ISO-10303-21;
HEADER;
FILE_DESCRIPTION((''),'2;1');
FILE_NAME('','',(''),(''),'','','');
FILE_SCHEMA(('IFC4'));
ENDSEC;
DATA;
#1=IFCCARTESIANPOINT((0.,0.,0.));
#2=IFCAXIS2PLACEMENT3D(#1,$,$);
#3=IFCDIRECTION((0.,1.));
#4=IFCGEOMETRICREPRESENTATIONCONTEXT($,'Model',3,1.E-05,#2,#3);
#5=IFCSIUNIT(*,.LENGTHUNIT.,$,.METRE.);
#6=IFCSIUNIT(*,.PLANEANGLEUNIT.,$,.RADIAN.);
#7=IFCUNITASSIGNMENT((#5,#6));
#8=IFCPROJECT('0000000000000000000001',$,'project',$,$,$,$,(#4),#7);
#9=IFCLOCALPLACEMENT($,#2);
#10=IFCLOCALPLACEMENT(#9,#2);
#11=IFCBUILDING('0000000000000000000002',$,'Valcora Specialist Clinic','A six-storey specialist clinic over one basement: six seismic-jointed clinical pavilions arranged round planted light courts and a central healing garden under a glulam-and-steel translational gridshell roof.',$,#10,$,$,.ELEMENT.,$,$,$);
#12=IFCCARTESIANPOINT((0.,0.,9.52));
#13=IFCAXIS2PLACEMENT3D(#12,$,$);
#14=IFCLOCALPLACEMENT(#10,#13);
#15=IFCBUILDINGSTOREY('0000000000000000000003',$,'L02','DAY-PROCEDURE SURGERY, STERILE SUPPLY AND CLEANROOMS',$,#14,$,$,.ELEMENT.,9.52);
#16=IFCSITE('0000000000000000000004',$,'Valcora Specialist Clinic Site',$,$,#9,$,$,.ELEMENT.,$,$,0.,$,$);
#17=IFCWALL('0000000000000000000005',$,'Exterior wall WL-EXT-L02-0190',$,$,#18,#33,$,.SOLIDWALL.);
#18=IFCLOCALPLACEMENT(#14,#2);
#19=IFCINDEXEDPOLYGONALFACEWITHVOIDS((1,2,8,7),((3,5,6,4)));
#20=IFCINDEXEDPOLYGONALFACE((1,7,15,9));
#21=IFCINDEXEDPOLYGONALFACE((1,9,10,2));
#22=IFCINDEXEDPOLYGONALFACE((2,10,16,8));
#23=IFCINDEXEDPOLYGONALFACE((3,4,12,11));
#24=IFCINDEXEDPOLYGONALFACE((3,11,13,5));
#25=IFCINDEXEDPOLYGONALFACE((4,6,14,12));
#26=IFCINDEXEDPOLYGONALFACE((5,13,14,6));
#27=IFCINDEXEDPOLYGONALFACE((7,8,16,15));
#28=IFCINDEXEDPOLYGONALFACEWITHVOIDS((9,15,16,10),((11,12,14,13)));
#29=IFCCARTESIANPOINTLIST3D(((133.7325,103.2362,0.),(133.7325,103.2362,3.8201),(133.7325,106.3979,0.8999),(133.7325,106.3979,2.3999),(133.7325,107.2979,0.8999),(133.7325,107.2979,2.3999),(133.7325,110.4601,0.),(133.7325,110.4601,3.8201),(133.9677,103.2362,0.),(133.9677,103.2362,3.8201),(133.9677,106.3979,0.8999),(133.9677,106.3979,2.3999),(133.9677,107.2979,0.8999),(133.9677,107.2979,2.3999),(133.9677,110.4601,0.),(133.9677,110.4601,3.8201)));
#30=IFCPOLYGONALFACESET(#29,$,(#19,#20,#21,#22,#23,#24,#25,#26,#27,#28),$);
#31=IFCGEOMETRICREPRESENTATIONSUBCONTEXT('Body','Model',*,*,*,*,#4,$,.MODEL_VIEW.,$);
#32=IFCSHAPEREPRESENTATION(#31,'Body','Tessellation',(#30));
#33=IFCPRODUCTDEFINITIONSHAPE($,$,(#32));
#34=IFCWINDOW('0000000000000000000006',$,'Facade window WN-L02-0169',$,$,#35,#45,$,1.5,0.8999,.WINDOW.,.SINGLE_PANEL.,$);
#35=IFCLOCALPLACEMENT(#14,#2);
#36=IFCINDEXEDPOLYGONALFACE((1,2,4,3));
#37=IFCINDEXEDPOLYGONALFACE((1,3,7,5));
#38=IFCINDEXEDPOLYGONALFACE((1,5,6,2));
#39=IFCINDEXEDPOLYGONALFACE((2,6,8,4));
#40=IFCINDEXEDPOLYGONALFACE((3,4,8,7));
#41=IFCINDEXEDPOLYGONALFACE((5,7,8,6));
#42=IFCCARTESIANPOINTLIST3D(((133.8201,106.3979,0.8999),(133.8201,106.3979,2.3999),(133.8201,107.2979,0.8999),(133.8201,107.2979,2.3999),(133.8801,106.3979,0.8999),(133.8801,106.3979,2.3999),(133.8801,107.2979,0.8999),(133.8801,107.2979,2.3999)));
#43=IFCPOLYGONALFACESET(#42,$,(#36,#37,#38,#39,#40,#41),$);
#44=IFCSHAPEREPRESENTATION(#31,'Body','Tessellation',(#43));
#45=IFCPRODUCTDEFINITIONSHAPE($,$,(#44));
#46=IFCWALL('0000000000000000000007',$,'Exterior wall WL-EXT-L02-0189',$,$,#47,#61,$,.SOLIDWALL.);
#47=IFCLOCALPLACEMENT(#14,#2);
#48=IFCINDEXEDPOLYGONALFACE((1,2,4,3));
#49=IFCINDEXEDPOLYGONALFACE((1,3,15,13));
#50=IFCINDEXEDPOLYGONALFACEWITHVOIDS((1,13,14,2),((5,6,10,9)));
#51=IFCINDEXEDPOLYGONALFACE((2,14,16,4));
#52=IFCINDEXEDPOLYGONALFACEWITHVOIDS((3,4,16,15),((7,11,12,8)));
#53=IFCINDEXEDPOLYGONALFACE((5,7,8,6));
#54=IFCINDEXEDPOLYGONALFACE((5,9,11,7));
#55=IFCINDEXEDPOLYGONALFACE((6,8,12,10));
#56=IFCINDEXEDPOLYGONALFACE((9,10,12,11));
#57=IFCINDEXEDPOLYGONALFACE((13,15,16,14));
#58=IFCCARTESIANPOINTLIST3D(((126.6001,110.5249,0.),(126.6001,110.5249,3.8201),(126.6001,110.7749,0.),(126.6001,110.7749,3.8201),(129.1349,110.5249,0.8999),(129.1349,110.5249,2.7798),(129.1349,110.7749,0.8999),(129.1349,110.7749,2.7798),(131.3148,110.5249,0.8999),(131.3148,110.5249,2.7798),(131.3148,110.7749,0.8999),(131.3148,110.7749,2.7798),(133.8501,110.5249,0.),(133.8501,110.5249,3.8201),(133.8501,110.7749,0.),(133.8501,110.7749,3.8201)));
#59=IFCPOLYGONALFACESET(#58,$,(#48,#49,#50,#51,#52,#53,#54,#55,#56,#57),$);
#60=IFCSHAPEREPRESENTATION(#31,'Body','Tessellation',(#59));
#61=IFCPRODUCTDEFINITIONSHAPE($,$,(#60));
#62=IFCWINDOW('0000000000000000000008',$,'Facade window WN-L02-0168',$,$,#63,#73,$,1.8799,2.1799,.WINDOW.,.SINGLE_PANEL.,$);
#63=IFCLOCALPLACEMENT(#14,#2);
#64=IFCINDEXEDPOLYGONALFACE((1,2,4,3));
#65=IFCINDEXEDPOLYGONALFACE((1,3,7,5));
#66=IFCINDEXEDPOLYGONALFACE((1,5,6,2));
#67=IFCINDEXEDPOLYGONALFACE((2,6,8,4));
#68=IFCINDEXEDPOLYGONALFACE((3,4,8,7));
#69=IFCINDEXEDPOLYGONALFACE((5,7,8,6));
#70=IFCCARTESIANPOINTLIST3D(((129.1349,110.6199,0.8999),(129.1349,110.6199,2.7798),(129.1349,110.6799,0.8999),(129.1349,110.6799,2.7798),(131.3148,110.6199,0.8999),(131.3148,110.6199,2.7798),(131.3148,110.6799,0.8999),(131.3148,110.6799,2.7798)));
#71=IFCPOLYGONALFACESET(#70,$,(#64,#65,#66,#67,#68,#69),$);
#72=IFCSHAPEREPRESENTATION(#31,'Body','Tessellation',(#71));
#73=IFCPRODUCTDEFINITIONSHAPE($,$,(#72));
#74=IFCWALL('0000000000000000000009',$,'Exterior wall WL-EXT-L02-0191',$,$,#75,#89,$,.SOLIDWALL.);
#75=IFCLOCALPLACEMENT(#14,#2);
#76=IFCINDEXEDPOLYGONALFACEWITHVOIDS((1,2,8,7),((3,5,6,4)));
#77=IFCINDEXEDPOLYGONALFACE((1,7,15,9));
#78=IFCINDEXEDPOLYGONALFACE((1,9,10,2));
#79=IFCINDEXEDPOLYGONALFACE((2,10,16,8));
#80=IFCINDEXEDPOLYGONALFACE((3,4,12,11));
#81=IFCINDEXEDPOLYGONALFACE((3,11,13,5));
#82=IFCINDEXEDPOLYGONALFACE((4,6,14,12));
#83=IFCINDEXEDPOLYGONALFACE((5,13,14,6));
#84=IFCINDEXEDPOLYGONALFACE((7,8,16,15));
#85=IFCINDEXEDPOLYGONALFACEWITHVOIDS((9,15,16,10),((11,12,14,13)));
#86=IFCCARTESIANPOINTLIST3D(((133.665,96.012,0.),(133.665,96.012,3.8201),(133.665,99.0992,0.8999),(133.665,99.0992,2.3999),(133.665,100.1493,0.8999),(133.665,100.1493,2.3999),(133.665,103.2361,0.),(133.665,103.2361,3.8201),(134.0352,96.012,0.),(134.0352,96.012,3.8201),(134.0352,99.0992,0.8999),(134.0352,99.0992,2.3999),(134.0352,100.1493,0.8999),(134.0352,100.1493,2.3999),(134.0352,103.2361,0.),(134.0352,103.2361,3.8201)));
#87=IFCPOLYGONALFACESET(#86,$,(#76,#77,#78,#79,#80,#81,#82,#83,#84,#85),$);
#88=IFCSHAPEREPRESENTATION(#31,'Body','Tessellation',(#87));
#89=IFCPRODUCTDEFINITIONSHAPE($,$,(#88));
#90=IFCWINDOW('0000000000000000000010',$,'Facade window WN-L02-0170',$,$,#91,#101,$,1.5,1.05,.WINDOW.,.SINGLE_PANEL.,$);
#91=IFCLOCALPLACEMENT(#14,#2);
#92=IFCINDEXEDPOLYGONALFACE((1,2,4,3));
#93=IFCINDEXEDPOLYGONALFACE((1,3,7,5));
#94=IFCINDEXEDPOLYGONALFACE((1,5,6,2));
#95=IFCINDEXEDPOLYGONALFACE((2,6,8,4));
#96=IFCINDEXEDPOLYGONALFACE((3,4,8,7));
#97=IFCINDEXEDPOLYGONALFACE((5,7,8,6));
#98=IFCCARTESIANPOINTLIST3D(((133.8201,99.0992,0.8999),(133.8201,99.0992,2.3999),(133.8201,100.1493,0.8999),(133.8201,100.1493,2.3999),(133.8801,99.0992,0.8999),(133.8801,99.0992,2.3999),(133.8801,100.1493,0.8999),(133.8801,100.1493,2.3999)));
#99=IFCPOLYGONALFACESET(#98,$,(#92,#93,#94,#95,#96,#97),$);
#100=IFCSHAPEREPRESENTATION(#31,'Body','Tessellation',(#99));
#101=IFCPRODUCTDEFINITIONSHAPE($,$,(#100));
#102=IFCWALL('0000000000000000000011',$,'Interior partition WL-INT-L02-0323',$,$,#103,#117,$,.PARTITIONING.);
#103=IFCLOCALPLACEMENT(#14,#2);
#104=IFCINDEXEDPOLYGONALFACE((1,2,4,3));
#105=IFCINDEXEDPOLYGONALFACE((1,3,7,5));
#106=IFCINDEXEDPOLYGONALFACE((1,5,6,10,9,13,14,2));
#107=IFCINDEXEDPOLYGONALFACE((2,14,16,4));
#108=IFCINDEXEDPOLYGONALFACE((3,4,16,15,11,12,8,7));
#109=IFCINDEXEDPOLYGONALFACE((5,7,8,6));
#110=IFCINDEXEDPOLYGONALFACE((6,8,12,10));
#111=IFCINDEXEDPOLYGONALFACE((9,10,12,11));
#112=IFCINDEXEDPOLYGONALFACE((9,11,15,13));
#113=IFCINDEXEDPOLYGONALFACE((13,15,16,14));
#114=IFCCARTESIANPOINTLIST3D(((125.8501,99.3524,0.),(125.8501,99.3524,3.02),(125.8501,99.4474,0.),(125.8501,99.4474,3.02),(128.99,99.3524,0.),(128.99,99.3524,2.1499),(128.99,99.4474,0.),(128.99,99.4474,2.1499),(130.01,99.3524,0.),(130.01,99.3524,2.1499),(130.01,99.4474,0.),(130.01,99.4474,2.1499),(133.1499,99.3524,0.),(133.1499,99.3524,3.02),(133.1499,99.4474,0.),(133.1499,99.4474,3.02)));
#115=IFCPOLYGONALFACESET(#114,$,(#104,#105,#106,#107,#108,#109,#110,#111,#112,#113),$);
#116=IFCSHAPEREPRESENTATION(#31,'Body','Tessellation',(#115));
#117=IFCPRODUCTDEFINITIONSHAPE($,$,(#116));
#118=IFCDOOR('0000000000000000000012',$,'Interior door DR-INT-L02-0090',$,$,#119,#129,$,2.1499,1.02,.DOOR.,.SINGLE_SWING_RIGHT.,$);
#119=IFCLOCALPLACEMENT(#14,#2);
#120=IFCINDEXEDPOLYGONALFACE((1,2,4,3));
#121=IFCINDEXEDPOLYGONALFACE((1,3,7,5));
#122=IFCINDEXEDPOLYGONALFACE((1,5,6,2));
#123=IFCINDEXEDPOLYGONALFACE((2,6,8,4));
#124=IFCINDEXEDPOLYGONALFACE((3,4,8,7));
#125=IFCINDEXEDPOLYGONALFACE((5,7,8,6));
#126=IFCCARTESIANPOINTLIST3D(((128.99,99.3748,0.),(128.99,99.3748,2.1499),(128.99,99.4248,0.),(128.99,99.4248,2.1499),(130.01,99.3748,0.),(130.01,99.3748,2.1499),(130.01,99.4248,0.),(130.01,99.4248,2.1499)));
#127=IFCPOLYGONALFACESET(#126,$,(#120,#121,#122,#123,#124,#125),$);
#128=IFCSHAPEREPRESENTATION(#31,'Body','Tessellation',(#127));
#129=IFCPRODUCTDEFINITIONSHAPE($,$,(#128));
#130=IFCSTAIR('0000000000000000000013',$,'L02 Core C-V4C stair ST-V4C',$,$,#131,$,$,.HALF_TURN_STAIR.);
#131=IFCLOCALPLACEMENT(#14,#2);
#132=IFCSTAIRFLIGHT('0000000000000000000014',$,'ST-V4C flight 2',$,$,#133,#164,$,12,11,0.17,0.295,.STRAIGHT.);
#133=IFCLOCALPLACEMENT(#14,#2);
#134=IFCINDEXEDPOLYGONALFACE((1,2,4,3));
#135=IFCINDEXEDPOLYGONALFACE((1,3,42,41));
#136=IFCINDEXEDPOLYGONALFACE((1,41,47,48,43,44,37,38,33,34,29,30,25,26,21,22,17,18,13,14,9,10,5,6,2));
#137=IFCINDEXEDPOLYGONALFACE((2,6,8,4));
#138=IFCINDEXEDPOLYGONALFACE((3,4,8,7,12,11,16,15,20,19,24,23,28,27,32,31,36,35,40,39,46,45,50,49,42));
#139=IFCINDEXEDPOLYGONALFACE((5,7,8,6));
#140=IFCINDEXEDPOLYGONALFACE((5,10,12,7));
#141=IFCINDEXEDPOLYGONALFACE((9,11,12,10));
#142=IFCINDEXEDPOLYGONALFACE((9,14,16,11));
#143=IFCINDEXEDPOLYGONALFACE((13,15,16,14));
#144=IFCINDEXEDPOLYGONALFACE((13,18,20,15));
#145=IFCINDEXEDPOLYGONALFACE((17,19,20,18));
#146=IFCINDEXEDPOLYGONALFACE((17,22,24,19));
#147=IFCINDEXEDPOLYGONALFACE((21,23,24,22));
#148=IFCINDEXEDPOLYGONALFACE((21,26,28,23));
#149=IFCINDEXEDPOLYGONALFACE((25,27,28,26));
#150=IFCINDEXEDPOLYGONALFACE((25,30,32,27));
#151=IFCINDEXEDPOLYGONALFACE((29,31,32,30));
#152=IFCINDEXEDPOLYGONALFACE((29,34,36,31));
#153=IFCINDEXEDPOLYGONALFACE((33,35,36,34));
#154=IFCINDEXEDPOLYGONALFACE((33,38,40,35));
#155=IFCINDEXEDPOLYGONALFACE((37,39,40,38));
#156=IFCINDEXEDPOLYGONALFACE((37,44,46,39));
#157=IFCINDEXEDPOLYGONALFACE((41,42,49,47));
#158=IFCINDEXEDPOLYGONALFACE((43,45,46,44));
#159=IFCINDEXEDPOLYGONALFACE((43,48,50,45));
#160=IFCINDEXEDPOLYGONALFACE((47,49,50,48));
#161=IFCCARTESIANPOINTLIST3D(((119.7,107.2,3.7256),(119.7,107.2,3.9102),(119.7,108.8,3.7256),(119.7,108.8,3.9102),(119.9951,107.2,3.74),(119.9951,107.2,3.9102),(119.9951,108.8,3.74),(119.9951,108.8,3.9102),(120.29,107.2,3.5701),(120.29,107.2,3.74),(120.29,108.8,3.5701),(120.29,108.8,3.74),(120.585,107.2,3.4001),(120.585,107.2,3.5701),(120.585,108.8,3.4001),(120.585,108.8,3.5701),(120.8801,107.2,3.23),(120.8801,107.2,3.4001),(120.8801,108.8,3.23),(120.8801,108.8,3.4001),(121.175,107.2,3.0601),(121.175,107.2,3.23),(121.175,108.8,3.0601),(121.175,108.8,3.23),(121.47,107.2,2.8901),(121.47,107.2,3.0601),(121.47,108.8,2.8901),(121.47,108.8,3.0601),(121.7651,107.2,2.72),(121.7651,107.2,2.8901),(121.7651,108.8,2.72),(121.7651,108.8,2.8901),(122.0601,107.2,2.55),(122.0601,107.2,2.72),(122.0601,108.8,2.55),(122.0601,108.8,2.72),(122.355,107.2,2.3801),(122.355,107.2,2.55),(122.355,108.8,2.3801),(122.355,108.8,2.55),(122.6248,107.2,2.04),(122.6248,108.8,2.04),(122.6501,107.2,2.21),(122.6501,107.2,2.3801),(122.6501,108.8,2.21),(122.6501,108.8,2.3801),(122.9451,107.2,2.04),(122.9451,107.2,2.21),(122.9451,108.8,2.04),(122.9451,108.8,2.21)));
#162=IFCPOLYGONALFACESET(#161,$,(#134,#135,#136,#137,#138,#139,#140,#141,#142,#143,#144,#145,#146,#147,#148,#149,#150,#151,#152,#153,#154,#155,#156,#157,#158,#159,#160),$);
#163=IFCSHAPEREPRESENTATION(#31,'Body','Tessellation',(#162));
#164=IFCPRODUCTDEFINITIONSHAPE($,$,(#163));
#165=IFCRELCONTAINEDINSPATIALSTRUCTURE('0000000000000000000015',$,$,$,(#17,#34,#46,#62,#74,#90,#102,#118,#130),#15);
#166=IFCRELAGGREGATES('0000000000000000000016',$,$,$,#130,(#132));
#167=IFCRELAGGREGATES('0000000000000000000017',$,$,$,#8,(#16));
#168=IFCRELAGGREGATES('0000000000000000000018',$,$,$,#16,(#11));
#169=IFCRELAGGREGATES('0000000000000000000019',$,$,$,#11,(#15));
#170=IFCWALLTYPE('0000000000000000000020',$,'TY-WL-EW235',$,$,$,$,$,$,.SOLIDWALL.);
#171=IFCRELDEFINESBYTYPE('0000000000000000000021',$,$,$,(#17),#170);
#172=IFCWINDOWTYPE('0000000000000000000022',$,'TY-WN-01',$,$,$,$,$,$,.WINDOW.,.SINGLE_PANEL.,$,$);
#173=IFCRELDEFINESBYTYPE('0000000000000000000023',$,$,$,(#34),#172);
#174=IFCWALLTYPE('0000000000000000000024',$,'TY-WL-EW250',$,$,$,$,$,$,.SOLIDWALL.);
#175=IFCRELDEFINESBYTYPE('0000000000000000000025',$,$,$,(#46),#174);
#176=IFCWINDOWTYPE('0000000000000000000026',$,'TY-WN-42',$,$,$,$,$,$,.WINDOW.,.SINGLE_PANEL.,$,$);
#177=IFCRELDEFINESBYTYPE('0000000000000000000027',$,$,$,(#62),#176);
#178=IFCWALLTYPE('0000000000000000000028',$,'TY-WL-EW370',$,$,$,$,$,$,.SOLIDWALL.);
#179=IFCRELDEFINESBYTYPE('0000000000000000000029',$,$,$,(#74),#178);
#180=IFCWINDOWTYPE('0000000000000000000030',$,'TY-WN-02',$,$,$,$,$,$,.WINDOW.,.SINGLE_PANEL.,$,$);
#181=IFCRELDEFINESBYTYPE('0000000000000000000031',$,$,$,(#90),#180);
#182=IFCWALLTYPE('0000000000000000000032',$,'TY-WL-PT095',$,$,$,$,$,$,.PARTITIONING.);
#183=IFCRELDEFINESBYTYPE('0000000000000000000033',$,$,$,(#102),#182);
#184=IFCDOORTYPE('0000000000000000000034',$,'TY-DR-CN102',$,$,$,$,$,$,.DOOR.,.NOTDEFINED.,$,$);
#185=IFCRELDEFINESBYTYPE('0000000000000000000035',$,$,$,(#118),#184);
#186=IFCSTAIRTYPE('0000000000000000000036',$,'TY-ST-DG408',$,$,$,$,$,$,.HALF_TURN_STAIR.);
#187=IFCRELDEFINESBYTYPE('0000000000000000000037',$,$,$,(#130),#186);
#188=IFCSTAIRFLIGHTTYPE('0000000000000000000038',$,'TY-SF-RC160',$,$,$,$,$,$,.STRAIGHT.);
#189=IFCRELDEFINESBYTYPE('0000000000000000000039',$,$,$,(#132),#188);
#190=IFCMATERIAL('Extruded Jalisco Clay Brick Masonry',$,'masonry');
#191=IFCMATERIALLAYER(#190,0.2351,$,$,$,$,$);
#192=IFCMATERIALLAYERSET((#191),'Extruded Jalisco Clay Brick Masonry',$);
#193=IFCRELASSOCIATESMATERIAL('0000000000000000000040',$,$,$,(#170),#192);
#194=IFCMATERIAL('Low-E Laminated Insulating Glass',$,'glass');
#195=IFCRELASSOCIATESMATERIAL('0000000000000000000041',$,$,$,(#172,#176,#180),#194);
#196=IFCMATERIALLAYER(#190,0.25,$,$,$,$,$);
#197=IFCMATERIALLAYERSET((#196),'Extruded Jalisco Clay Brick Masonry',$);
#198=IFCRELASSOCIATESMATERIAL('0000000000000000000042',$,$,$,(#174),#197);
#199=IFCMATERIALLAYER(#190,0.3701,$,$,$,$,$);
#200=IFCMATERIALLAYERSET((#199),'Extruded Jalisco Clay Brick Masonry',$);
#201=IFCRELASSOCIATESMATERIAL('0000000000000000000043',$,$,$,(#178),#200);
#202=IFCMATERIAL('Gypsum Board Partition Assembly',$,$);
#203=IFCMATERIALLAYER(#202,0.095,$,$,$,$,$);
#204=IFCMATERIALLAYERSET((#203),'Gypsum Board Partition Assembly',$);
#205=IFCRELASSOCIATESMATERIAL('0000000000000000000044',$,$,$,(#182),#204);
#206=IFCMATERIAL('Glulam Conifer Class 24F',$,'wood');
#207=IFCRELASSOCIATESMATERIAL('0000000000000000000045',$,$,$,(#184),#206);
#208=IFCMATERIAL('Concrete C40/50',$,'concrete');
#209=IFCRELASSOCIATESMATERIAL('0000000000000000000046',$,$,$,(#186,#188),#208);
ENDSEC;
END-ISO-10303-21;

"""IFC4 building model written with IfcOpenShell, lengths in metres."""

from ifc_helpers import new_model, si_unit, direction, frame, frame_2d, origin, place, context, subcontext, project, spatial, polyline, rectangle, outline, extrude, material, layer, layer_set, type_object, element, fill, aggregate, save


model = new_model("IFC4")

# Units and contexts
model_context = context("Model", 3, precision=1e-05, world=origin(), true_north=direction((0.0, 1.0)))
body_context = subcontext(model_context, "Body", "Model", "MODEL_VIEW")
ifc_project = project(units=[si_unit("LENGTHUNIT", "METRE"), si_unit("PLANEANGLEUNIT", "RADIAN")], contexts=[model_context])

# Site, building, storey
site_placement = place(None, origin())
site = spatial("IfcSite", under=ifc_project, at=site_placement, Name="Valcora Specialist Clinic Site", CompositionType="ELEMENT", RefElevation=0.0)
building_placement = place(site_placement, origin())
building = spatial("IfcBuilding", under=site, at=building_placement, Name="Valcora Specialist Clinic", Description="A six-storey specialist clinic over one basement: six seismic-jointed clinical pavilions arranged round planted light courts and a central healing garden under a glulam-and-steel translational gridshell roof.", CompositionType="ELEMENT")
storey_placement = place(building_placement, frame((0.0, 0.0, 9.52)))
storey = spatial("IfcBuildingStorey", under=building, at=storey_placement, Name="L02", Description="DAY-PROCEDURE SURGERY, STERILE SUPPLY AND CLEANROOMS", CompositionType="ELEMENT", Elevation=9.52)

# Shared definitions
ifc_material_1 = material(Name="Concrete C40/50", Category="concrete")

# Shared definitions
ifc_material_2 = material(Name="Low-E Laminated Insulating Glass", Category="glass")

# Walls, openings, windows
ifc_material_3 = material(Name="Extruded Jalisco Clay Brick Masonry", Category="masonry")
ifc_layer_1 = layer(ifc_material_3, 0.2351)
ifc_layer_set_1 = layer_set([ifc_layer_1], Name="Extruded Jalisco Clay Brick Masonry")
wall_type_1 = type_object("IfcWallType", Name="TY-WL-EW235", PredefinedType="SOLIDWALL", material=ifc_layer_set_1)
wall_1_placement = place(storey_placement, frame((133.8501, 110.46, 0.0), z_axis=(0.0, 0.0, 1.0), x_axis=(0.0, -1.0, 0.0)))
wall_1 = element("IfcWall", 1, at=wall_1_placement, inside=storey, type_object=wall_type_1, Name="Exterior wall WL-EXT-L02-0190", PredefinedType="SOLIDWALL", context=body_context, shape_type="SweptSolid", body=[
    extrude(rectangle(XDim=7.2239, YDim=0.2351, at=frame_2d((3.6118, 0.0))), origin(), (0.0, 0.0, 1.0), 3.8201),
])
opening_1_placement = place(wall_1_placement, frame((3.1621, 0.0, 0.8999)))
opening_1 = element("IfcOpeningElement", 2, at=opening_1_placement, cuts=wall_1, PredefinedType="OPENING", context=body_context, shape_type="SweptSolid", body=[
    extrude(rectangle(XDim=0.8999, YDim=1.5, at=frame_2d((0.45, 0.75))), frame((0.0, 0.1274, 0.0), z_axis=(0.0, -1.0, 0.0), x_axis=(1.0, 0.0, 0.0)), (0.0, 0.0, 1.0), 0.2551),
])
window_type_1 = type_object("IfcWindowType", Name="TY-WN-01", PartitioningType="SINGLE_PANEL", PredefinedType="WINDOW", material=ifc_material_2)
window_1_placement = place(opening_1_placement, origin())
window_1 = element("IfcWindow", 3, at=window_1_placement, inside=storey, type_object=window_type_1, Name="Facade window WN-L02-0169", OverallHeight=1.5, OverallWidth=0.8999, PartitioningType="SINGLE_PANEL", PredefinedType="WINDOW", context=body_context, shape_type="SweptSolid", body=[
    extrude(rectangle(XDim=0.8999, YDim=1.5, at=frame_2d((0.45, 0.75))), frame((0.0, 0.03, 0.0), z_axis=(0.0, -1.0, 0.0), x_axis=(1.0, 0.0, 0.0)), (0.0, 0.0, 1.0), 0.0601),
])
fill(opening_1, window_1)
ifc_layer_2 = layer(ifc_material_3, 0.25)
ifc_layer_set_2 = layer_set([ifc_layer_2], Name="Extruded Jalisco Clay Brick Masonry")
wall_type_2 = type_object("IfcWallType", Name="TY-WL-EW250", PredefinedType="SOLIDWALL", material=ifc_layer_set_2)
wall_2_placement = place(storey_placement, frame((126.6001, 110.6499, 0.0), z_axis=(0.0, 0.0, 1.0), x_axis=(1.0, 0.0, 0.0)))
wall_2 = element("IfcWall", 4, at=wall_2_placement, inside=storey, type_object=wall_type_2, Name="Exterior wall WL-EXT-L02-0189", PredefinedType="SOLIDWALL", context=body_context, shape_type="SweptSolid", body=[
    extrude(rectangle(XDim=7.25, YDim=0.25, at=frame_2d((3.625, 0.0))), origin(), (0.0, 0.0, 1.0), 3.8201),
])
opening_2_placement = place(wall_2_placement, frame((2.5349, 0.0, 0.8999)))
opening_2 = element("IfcOpeningElement", 5, at=opening_2_placement, cuts=wall_2, PredefinedType="OPENING", context=body_context, shape_type="SweptSolid", body=[
    extrude(rectangle(XDim=2.1799, YDim=1.8799, at=frame_2d((1.0898, 0.9399))), frame((0.0, 0.135, 0.0), z_axis=(0.0, -1.0, 0.0), x_axis=(1.0, 0.0, 0.0)), (0.0, 0.0, 1.0), 0.27),
])
window_type_2 = type_object("IfcWindowType", Name="TY-WN-42", PartitioningType="SINGLE_PANEL", PredefinedType="WINDOW", material=ifc_material_2)
window_2_placement = place(opening_2_placement, origin())
window_2 = element("IfcWindow", 6, at=window_2_placement, inside=storey, type_object=window_type_2, Name="Facade window WN-L02-0168", OverallHeight=1.8799, OverallWidth=2.1799, PartitioningType="SINGLE_PANEL", PredefinedType="WINDOW", context=body_context, shape_type="SweptSolid", body=[
    extrude(rectangle(XDim=2.1799, YDim=1.8799, at=frame_2d((1.0898, 0.9399))), frame((0.0, 0.03, 0.0), z_axis=(0.0, -1.0, 0.0), x_axis=(1.0, 0.0, 0.0)), (0.0, 0.0, 1.0), 0.0601),
])
fill(opening_2, window_2)
ifc_layer_3 = layer(ifc_material_3, 0.3701)
ifc_layer_set_3 = layer_set([ifc_layer_3], Name="Extruded Jalisco Clay Brick Masonry")
wall_type_3 = type_object("IfcWallType", Name="TY-WL-EW370", PredefinedType="SOLIDWALL", material=ifc_layer_set_3)
wall_3_placement = place(storey_placement, frame((133.8501, 103.2361, 0.0), z_axis=(0.0, 0.0, 1.0), x_axis=(0.0, -1.0, 0.0)))
wall_3 = element("IfcWall", 7, at=wall_3_placement, inside=storey, type_object=wall_type_3, Name="Exterior wall WL-EXT-L02-0191", PredefinedType="SOLIDWALL", context=body_context, shape_type="SweptSolid", body=[
    extrude(rectangle(XDim=7.2241, YDim=0.3701, at=frame_2d((3.6121, 0.0))), origin(), (0.0, 0.0, 1.0), 3.8201),
])
opening_3_placement = place(wall_3_placement, frame((3.0869, 0.0, 0.8999)))
opening_3 = element("IfcOpeningElement", 8, at=opening_3_placement, cuts=wall_3, PredefinedType="OPENING", context=body_context, shape_type="SweptSolid", body=[
    extrude(rectangle(XDim=1.05, YDim=1.5, at=frame_2d((0.5249, 0.75))), frame((0.0, 0.1951, 0.0), z_axis=(0.0, -1.0, 0.0), x_axis=(1.0, 0.0, 0.0)), (0.0, 0.0, 1.0), 0.3901),
])
window_type_3 = type_object("IfcWindowType", Name="TY-WN-02", PartitioningType="SINGLE_PANEL", PredefinedType="WINDOW", material=ifc_material_2)
window_3_placement = place(opening_3_placement, origin())
window_3 = element("IfcWindow", 9, at=window_3_placement, inside=storey, type_object=window_type_3, Name="Facade window WN-L02-0170", OverallHeight=1.5, OverallWidth=1.05, PartitioningType="SINGLE_PANEL", PredefinedType="WINDOW", context=body_context, shape_type="SweptSolid", body=[
    extrude(rectangle(XDim=1.05, YDim=1.5, at=frame_2d((0.5249, 0.75))), frame((0.0, 0.03, 0.0), z_axis=(0.0, -1.0, 0.0), x_axis=(1.0, 0.0, 0.0)), (0.0, 0.0, 1.0), 0.0601),
])
fill(opening_3, window_3)

# Wall, opening, door
ifc_material_4 = material(Name="Gypsum Board Partition Assembly")
ifc_layer_4 = layer(ifc_material_4, 0.095)
ifc_layer_set_4 = layer_set([ifc_layer_4], Name="Gypsum Board Partition Assembly")
wall_type_4 = type_object("IfcWallType", Name="TY-WL-PT095", PredefinedType="PARTITIONING", material=ifc_layer_set_4)
wall_4_placement = place(storey_placement, frame((125.8501, 99.3999, 0.0), z_axis=(0.0, 0.0, 1.0), x_axis=(1.0, 0.0, 0.0)))
wall_4 = element("IfcWall", 10, at=wall_4_placement, inside=storey, type_object=wall_type_4, Name="Interior partition WL-INT-L02-0323", PredefinedType="PARTITIONING", context=body_context, shape_type="SweptSolid", body=[
    extrude(rectangle(XDim=7.2998, YDim=0.095, at=frame_2d((3.6499, 0.0))), origin(), (0.0, 0.0, 1.0), 3.02),
])
opening_4_placement = place(wall_4_placement, frame((3.1399, 0.0, 0.0)))
opening_4 = element("IfcOpeningElement", 11, at=opening_4_placement, cuts=wall_4, PredefinedType="OPENING", context=body_context, shape_type="SweptSolid", body=[
    extrude(rectangle(XDim=1.02, YDim=2.1499, at=frame_2d((0.51, 1.075))), frame((0.0, 0.0574, 0.0), z_axis=(0.0, -1.0, 0.0), x_axis=(1.0, 0.0, 0.0)), (0.0, 0.0, 1.0), 0.115),
])
ifc_material_5 = material(Name="Glulam Conifer Class 24F", Category="wood")
door_type = type_object("IfcDoorType", Name="TY-DR-CN102", OperationType="NOTDEFINED", PredefinedType="DOOR", material=ifc_material_5)
door_placement = place(opening_4_placement, origin())
door = element("IfcDoor", 12, at=door_placement, inside=storey, type_object=door_type, Name="Interior door DR-INT-L02-0090", OperationType="SINGLE_SWING_RIGHT", OverallHeight=2.1499, OverallWidth=1.02, PredefinedType="DOOR", context=body_context, shape_type="SweptSolid", body=[
    extrude(rectangle(XDim=1.02, YDim=2.1499, at=frame_2d((0.51, 1.075))), frame((0.0, 0.0249, 0.0), z_axis=(0.0, -1.0, 0.0), x_axis=(1.0, 0.0, 0.0)), (0.0, 0.0, 1.0), 0.05),
])
fill(opening_4, door)

# Stair, stair flight
stair_type = type_object("IfcStairType", Name="TY-ST-DG408", PredefinedType="HALF_TURN_STAIR", material=ifc_material_1)
stair_placement = place(storey_placement, origin())
stair = element("IfcStair", 13, at=stair_placement, inside=storey, type_object=stair_type, Name="L02 Core C-V4C stair ST-V4C", PredefinedType="HALF_TURN_STAIR")
stair_flight_type = type_object("IfcStairFlightType", Name="TY-SF-RC160", PredefinedType="STRAIGHT", material=ifc_material_1)
stair_flight_placement = place(storey_placement, frame((122.9451, 108.0, 2.04), z_axis=(0.0, 0.0, 1.0), x_axis=(-1.0, 0.0, 0.0)))
stair_flight = element("IfcStairFlight", 14, at=stair_flight_placement, type_object=stair_flight_type, Name="ST-V4C flight 2", NumberOfRisers=12, NumberOfTreads=11, PredefinedType="STRAIGHT", RiserHeight=0.17, TreadLength=0.295, context=body_context, shape_type="SweptSolid", body=[
    extrude(outline(polyline([(0.0, 0.0), (0.0, 0.1699), (0.2949, 0.1699), (0.2949, 0.3401), (0.5901, 0.3401), (0.5901, 0.51), (0.885, 0.51), (0.885, 0.6799), (1.1799, 0.6799), (1.1799, 0.8501), (1.4751, 0.8501), (1.4751, 1.02), (1.77, 1.02), (1.77, 1.1899), (2.0649, 1.1899), (2.0649, 1.3601), (2.3601, 1.3601), (2.3601, 1.53), (2.655, 1.53), (2.655, 1.7), (2.95, 1.7), (2.95, 1.8701), (3.2451, 1.8701), (3.2451, 2.04), (3.2451, 1.6855), (0.3203, 0.0), (0.0, 0.0)])), frame((0.0, 0.8, 0.0), z_axis=(0.0, -1.0, 0.0), x_axis=(1.0, 0.0, 0.0)), (0.0, 0.0, 1.0), 1.6001),
])
aggregate(stair, [stair_flight])

save(model, "model.ifc")
